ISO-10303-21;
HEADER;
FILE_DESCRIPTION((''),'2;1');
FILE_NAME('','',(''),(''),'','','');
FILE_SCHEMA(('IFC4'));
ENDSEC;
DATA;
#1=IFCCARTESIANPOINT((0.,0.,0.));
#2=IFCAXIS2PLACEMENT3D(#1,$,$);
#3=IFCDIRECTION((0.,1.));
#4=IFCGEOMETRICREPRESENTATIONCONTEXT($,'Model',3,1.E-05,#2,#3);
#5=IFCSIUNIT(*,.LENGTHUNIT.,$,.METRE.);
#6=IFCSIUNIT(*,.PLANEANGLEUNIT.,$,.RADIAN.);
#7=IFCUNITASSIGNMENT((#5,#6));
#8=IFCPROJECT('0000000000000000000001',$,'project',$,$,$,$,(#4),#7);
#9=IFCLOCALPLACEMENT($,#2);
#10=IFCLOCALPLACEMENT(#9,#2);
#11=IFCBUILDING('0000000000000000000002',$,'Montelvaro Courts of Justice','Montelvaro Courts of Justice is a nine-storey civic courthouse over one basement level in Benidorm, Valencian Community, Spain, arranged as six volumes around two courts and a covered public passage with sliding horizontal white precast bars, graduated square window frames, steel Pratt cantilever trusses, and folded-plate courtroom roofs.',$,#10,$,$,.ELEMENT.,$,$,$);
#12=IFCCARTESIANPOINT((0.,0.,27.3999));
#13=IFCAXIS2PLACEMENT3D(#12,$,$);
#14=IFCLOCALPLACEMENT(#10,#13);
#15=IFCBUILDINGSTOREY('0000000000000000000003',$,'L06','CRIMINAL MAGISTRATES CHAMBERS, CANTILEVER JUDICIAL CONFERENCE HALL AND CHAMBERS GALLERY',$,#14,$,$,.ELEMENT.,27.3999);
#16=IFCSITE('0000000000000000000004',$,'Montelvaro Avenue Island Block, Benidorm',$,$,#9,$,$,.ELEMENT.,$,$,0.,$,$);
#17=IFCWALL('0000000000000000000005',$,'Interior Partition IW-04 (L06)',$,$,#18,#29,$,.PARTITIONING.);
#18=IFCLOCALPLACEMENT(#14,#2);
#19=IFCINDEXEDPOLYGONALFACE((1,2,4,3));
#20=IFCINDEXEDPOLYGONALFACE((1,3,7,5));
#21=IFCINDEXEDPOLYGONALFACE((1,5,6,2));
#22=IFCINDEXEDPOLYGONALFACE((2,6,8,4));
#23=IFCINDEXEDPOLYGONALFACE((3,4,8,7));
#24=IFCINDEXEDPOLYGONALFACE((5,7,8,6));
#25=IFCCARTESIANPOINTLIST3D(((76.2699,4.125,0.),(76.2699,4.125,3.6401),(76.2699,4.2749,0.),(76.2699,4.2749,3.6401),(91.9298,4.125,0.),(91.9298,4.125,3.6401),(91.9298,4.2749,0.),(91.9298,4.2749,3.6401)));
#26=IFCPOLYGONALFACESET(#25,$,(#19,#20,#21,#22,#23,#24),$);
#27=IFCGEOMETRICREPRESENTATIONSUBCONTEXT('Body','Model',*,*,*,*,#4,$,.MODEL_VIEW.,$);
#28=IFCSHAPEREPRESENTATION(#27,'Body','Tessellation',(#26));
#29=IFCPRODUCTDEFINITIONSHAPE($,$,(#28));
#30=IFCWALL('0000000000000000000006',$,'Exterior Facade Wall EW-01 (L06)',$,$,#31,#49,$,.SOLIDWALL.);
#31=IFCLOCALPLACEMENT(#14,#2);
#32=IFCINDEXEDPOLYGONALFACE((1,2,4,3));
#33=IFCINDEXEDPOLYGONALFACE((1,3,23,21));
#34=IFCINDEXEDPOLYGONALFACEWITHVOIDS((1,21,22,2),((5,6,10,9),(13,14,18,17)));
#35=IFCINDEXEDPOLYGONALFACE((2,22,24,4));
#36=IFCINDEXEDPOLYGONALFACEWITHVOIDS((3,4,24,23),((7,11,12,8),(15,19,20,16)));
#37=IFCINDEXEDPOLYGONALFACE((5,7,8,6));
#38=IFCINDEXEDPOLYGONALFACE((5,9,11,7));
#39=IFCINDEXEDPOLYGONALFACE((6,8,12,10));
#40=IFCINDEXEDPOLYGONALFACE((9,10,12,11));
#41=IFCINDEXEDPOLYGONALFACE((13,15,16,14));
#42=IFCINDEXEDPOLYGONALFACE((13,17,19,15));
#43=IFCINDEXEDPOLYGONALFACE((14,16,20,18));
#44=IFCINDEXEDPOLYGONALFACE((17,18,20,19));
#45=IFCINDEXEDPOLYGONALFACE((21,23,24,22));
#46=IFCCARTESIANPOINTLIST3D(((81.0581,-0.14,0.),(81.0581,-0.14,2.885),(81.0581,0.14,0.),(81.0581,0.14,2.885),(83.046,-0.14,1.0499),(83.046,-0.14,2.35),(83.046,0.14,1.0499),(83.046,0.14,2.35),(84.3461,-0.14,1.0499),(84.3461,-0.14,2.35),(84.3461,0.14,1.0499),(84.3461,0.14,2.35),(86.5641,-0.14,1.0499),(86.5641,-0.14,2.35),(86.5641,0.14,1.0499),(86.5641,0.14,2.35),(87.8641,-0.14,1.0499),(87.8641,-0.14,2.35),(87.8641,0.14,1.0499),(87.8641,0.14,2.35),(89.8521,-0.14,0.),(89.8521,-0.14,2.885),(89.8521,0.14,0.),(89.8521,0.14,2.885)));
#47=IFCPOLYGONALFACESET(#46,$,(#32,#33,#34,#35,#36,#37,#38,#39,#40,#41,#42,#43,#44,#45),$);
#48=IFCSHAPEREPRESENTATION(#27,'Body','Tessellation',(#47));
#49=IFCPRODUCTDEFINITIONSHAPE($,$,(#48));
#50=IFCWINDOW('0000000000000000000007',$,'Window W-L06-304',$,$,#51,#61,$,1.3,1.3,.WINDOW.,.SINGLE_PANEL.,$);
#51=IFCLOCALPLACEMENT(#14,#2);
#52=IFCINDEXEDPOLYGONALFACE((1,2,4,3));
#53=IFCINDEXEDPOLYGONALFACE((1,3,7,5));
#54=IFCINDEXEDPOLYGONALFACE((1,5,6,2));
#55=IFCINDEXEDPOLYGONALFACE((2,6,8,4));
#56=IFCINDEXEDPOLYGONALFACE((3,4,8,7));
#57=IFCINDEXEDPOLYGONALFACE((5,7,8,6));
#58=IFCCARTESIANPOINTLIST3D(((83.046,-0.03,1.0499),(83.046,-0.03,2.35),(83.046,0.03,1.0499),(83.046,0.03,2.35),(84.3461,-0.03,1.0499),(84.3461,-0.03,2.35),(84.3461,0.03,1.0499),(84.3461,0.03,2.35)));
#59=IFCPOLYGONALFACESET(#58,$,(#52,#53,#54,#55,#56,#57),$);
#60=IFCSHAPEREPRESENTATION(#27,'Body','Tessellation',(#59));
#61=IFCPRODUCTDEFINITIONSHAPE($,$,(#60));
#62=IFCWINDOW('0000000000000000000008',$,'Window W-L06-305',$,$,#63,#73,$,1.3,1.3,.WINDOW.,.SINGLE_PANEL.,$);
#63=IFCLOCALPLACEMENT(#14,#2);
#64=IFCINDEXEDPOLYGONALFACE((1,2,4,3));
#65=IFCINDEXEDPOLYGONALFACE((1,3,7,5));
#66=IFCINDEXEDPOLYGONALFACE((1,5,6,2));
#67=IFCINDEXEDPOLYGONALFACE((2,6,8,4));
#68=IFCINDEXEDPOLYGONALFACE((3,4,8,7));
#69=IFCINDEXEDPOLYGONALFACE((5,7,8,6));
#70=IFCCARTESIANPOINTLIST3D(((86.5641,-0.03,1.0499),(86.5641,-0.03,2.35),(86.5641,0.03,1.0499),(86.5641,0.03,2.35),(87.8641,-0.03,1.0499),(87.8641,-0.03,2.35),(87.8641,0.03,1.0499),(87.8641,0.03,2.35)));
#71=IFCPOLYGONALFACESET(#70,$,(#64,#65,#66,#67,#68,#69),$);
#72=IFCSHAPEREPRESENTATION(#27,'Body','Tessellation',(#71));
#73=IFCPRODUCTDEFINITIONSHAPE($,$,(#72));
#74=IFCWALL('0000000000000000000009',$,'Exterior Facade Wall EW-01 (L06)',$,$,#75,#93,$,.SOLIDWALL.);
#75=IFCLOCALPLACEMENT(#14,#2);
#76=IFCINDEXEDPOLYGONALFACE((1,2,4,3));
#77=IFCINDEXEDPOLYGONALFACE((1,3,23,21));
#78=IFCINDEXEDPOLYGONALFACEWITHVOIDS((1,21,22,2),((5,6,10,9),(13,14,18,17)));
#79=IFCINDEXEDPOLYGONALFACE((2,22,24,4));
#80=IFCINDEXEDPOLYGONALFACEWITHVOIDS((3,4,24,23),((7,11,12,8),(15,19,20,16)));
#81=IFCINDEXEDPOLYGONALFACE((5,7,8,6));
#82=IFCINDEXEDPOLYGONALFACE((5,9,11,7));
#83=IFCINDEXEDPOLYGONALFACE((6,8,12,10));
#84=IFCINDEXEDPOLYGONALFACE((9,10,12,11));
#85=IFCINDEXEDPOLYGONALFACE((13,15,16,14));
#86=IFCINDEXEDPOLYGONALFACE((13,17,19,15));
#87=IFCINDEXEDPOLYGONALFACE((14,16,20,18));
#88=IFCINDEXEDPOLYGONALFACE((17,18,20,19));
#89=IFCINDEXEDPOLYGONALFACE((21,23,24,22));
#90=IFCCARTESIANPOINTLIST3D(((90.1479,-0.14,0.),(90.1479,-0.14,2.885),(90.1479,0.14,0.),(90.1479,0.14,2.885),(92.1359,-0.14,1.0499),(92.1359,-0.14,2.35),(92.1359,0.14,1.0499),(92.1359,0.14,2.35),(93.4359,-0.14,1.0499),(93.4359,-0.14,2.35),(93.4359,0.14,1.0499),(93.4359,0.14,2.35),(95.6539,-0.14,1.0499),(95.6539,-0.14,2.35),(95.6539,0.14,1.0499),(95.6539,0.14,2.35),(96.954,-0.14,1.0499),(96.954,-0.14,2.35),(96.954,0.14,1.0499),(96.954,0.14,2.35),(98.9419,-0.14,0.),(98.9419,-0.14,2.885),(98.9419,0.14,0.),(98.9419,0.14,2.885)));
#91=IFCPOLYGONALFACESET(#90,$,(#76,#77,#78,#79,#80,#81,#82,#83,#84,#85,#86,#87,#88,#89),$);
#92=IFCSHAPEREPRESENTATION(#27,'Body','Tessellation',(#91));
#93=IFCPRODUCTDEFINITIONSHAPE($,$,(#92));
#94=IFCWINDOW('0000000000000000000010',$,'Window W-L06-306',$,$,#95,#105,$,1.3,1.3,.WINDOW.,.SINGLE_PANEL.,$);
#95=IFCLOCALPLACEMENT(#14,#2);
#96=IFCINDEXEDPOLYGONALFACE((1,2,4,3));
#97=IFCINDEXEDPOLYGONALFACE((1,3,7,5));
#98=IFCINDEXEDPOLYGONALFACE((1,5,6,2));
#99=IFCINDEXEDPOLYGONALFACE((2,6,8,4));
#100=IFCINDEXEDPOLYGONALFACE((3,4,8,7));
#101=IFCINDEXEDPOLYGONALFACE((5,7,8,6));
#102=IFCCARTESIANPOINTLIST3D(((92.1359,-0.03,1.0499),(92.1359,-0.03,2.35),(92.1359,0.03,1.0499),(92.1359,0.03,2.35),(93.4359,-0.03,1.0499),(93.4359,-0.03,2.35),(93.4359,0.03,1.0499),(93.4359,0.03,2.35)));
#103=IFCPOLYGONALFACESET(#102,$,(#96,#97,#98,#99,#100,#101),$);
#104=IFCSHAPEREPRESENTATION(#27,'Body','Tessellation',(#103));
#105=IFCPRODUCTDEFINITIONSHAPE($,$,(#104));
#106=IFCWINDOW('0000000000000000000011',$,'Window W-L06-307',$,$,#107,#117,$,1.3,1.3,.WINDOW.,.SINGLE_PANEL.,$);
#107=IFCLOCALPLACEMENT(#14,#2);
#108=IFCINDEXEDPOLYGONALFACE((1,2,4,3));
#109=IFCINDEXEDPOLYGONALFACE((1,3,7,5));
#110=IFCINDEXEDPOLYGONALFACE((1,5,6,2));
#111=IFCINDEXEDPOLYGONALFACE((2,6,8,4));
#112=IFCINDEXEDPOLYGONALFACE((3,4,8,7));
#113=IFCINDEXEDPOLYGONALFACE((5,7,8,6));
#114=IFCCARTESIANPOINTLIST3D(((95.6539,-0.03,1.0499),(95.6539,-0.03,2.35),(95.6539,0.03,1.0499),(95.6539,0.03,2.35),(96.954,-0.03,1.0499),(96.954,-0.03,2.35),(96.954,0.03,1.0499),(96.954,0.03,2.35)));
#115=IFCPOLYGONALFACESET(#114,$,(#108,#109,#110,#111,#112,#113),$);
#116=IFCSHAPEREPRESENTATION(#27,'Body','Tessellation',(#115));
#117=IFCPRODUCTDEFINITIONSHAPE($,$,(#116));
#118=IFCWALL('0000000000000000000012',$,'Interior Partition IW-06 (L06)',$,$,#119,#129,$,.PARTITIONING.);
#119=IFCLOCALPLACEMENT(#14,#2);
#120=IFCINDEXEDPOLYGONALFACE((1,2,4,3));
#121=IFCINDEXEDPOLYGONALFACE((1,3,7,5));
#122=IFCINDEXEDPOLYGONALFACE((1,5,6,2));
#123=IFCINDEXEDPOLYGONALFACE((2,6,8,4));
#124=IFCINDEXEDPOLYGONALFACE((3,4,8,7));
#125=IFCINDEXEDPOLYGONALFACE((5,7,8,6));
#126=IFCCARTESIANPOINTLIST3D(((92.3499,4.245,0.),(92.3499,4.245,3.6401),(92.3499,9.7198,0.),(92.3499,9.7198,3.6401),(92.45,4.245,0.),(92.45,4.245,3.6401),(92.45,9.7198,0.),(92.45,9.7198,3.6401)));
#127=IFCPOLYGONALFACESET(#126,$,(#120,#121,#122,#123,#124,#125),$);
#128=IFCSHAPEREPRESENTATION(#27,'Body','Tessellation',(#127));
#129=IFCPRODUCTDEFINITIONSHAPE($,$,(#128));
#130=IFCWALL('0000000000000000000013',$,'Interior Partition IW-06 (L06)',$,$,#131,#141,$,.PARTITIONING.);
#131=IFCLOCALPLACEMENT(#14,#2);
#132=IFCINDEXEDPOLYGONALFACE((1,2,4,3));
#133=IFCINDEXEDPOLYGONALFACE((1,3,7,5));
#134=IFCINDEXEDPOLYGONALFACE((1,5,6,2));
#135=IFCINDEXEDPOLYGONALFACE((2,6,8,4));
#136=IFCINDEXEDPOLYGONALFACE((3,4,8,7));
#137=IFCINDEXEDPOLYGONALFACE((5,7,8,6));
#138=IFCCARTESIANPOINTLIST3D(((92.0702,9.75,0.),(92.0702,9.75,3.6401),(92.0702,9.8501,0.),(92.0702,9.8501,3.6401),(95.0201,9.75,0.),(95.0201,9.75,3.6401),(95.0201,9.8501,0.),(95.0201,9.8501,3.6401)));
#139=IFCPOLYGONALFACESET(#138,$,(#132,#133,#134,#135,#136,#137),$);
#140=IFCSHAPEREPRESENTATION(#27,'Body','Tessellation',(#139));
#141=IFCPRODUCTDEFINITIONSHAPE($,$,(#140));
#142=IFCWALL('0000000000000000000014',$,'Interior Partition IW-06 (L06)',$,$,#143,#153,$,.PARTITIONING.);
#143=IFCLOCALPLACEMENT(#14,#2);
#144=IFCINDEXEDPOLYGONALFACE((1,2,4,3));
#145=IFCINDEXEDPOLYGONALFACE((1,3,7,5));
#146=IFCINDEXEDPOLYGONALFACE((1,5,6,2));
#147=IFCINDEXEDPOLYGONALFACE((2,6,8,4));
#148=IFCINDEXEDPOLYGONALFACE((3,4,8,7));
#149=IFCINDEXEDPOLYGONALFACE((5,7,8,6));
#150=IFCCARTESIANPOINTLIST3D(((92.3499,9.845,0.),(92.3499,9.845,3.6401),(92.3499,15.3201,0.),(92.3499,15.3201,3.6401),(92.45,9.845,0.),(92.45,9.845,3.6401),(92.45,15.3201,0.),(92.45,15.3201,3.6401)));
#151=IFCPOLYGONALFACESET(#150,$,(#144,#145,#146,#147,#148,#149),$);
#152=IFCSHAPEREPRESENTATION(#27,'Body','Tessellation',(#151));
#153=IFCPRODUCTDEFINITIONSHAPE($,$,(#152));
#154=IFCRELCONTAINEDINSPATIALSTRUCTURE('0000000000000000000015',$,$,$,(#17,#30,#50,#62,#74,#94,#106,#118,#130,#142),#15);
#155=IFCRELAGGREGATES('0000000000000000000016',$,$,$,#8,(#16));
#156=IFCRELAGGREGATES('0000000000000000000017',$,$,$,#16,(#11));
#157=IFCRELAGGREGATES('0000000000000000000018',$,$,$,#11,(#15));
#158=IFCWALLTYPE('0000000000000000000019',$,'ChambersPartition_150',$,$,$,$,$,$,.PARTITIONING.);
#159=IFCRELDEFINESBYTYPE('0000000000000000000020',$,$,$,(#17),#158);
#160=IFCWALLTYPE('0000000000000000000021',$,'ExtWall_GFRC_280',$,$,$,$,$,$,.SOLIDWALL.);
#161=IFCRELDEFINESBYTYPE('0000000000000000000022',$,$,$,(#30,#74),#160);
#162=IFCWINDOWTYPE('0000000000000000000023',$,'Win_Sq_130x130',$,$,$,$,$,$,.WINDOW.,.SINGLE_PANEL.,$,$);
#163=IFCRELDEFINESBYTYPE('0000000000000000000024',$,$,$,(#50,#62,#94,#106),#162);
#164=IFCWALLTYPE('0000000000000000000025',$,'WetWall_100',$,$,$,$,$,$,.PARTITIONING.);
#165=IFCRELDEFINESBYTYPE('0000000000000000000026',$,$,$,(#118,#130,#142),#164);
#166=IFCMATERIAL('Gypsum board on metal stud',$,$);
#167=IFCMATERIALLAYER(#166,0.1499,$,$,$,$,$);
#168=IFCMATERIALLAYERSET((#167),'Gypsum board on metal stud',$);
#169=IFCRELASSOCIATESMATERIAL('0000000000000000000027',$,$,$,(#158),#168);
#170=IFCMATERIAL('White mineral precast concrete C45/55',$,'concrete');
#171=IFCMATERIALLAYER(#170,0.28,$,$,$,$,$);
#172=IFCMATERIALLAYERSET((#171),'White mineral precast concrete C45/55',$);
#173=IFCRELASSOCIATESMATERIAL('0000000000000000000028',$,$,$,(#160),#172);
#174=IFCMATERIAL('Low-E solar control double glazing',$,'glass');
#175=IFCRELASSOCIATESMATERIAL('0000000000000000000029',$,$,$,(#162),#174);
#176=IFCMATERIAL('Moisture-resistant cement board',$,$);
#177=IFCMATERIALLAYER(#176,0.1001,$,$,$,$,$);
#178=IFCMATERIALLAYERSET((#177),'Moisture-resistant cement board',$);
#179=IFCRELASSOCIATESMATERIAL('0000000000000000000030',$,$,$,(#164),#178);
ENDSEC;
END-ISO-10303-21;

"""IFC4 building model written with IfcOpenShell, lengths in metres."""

from ifc_helpers import new_model, si_unit, direction, frame, frame_2d, origin, place, context, subcontext, project, spatial, rectangle, extrude, material, layer, layer_set, type_object, element, fill, save


model = new_model("IFC4")

# Units and contexts
model_context = context("Model", 3, precision=1e-05, world=origin(), true_north=direction((0.0, 1.0)))
body_context = subcontext(model_context, "Body", "Model", "MODEL_VIEW")
ifc_project = project(units=[si_unit("LENGTHUNIT", "METRE"), si_unit("PLANEANGLEUNIT", "RADIAN")], contexts=[model_context])

# Site, building, storey
site_placement = place(None, origin())
site = spatial("IfcSite", under=ifc_project, at=site_placement, Name="Montelvaro Avenue Island Block, Benidorm", CompositionType="ELEMENT", RefElevation=0.0)
building_placement = place(site_placement, origin())
building = spatial("IfcBuilding", under=site, at=building_placement, Name="Montelvaro Courts of Justice", Description="Montelvaro Courts of Justice is a nine-storey civic courthouse over one basement level in Benidorm, Valencian Community, Spain, arranged as six volumes around two courts and a covered public passage with sliding horizontal white precast bars, graduated square window frames, steel Pratt cantilever trusses, and folded-plate courtroom roofs.", CompositionType="ELEMENT")
storey_placement = place(building_placement, frame((0.0, 0.0, 27.3999)))
storey = spatial("IfcBuildingStorey", under=building, at=storey_placement, Name="L06", Description="CRIMINAL MAGISTRATES CHAMBERS, CANTILEVER JUDICIAL CONFERENCE HALL AND CHAMBERS GALLERY", CompositionType="ELEMENT", Elevation=27.3999)

# Shared definitions
ifc_material_1 = material(Name="White mineral precast concrete C45/55", Category="concrete")

# Wall
ifc_material_2 = material(Name="Gypsum board on metal stud")
ifc_layer_1 = layer(ifc_material_2, 0.1499)
ifc_layer_set_1 = layer_set([ifc_layer_1], Name="Gypsum board on metal stud")
wall_type_1 = type_object("IfcWallType", Name="ChambersPartition_150", PredefinedType="PARTITIONING", material=ifc_layer_set_1)
wall_1_placement = place(storey_placement, frame((91.9299, 4.2, 0.0), z_axis=(0.0, 0.0, 1.0), x_axis=(-1.0, 0.0, 0.0)))
element("IfcWall", 1, at=wall_1_placement, inside=storey, type_object=wall_type_1, Name="Interior Partition IW-04 (L06)", PredefinedType="PARTITIONING", context=body_context, shape_type="SweptSolid", body=[
    extrude(rectangle(XDim=15.6599, YDim=0.1499, at=frame_2d((7.8301, 0.0))), origin(), (0.0, 0.0, 1.0), 3.6401),
])

# Walls, openings, windows
ifc_layer_2 = layer(ifc_material_1, 0.28)
ifc_layer_set_2 = layer_set([ifc_layer_2], Name="White mineral precast concrete C45/55")
wall_type_2 = type_object("IfcWallType", Name="ExtWall_GFRC_280", PredefinedType="SOLIDWALL", material=ifc_layer_set_2)
wall_2_placement = place(storey_placement, frame((81.0581, 0.0, 0.0), z_axis=(0.0, 0.0, 1.0), x_axis=(1.0, 0.0, 0.0)))
wall_2 = element("IfcWall", 2, at=wall_2_placement, inside=storey, type_object=wall_type_2, Name="Exterior Facade Wall EW-01 (L06)", PredefinedType="SOLIDWALL", context=body_context, shape_type="SweptSolid", body=[
    extrude(rectangle(XDim=8.7939, YDim=0.28, at=frame_2d((4.397, 0.0))), origin(), (0.0, 0.0, 1.0), 2.885),
])
opening_1_placement = place(wall_2_placement, frame((1.988, 0.0, 1.05)))
opening_1 = element("IfcOpeningElement", 3, at=opening_1_placement, cuts=wall_2, PredefinedType="OPENING", context=body_context, shape_type="SweptSolid", body=[
    extrude(rectangle(XDim=1.3, YDim=1.3, at=frame_2d((0.6499, 0.6499))), frame((0.0, 0.1548, 0.0), z_axis=(0.0, -1.0, 0.0), x_axis=(1.0, 0.0, 0.0)), (0.0, 0.0, 1.0), 0.3098),
])
opening_2_placement = place(wall_2_placement, frame((5.5061, 0.0, 1.05)))
opening_2 = element("IfcOpeningElement", 4, at=opening_2_placement, cuts=wall_2, PredefinedType="OPENING", context=body_context, shape_type="SweptSolid", body=[
    extrude(rectangle(XDim=1.3, YDim=1.3, at=frame_2d((0.6499, 0.6499))), frame((0.0, 0.1548, 0.0), z_axis=(0.0, -1.0, 0.0), x_axis=(1.0, 0.0, 0.0)), (0.0, 0.0, 1.0), 0.3098),
])
ifc_material_3 = material(Name="Low-E solar control double glazing", Category="glass")
window_type = type_object("IfcWindowType", Name="Win_Sq_130x130", PartitioningType="SINGLE_PANEL", PredefinedType="WINDOW", material=ifc_material_3)
window_1_placement = place(opening_1_placement, origin())
window_1 = element("IfcWindow", 5, at=window_1_placement, inside=storey, type_object=window_type, Name="Window W-L06-304", OverallHeight=1.3, OverallWidth=1.3, PartitioningType="SINGLE_PANEL", PredefinedType="WINDOW", context=body_context, shape_type="SweptSolid", body=[
    extrude(rectangle(XDim=1.3, YDim=1.3, at=frame_2d((0.6499, 0.6499))), frame((0.0, 0.03, 0.0), z_axis=(0.0, -1.0, 0.0), x_axis=(1.0, 0.0, 0.0)), (0.0, 0.0, 1.0), 0.0601),
])
fill(opening_1, window_1)
window_2_placement = place(opening_2_placement, origin())
window_2 = element("IfcWindow", 6, at=window_2_placement, inside=storey, type_object=window_type, Name="Window W-L06-305", OverallHeight=1.3, OverallWidth=1.3, PartitioningType="SINGLE_PANEL", PredefinedType="WINDOW", context=body_context, shape_type="SweptSolid", body=[
    extrude(rectangle(XDim=1.3, YDim=1.3, at=frame_2d((0.6499, 0.6499))), frame((0.0, 0.03, 0.0), z_axis=(0.0, -1.0, 0.0), x_axis=(1.0, 0.0, 0.0)), (0.0, 0.0, 1.0), 0.0601),
])
fill(opening_2, window_2)
wall_3_placement = place(storey_placement, frame((90.1479, 0.0, 0.0), z_axis=(0.0, 0.0, 1.0), x_axis=(1.0, 0.0, 0.0)))
wall_3 = element("IfcWall", 7, at=wall_3_placement, inside=storey, type_object=wall_type_2, Name="Exterior Facade Wall EW-01 (L06)", PredefinedType="SOLIDWALL", context=body_context, shape_type="SweptSolid", body=[
    extrude(rectangle(XDim=8.7939, YDim=0.28, at=frame_2d((4.397, 0.0))), origin(), (0.0, 0.0, 1.0), 2.885),
])
opening_3_placement = place(wall_3_placement, frame((1.988, 0.0, 1.05)))
opening_3 = element("IfcOpeningElement", 8, at=opening_3_placement, cuts=wall_3, PredefinedType="OPENING", context=body_context, shape_type="SweptSolid", body=[
    extrude(rectangle(XDim=1.3, YDim=1.3, at=frame_2d((0.6499, 0.6499))), frame((0.0, 0.1548, 0.0), z_axis=(0.0, -1.0, 0.0), x_axis=(1.0, 0.0, 0.0)), (0.0, 0.0, 1.0), 0.3098),
])
opening_4_placement = place(wall_3_placement, frame((5.5061, 0.0, 1.05)))
opening_4 = element("IfcOpeningElement", 9, at=opening_4_placement, cuts=wall_3, PredefinedType="OPENING", context=body_context, shape_type="SweptSolid", body=[
    extrude(rectangle(XDim=1.3, YDim=1.3, at=frame_2d((0.6499, 0.6499))), frame((0.0, 0.1548, 0.0), z_axis=(0.0, -1.0, 0.0), x_axis=(1.0, 0.0, 0.0)), (0.0, 0.0, 1.0), 0.3098),
])
window_3_placement = place(opening_3_placement, origin())
window_3 = element("IfcWindow", 10, at=window_3_placement, inside=storey, type_object=window_type, Name="Window W-L06-306", OverallHeight=1.3, OverallWidth=1.3, PartitioningType="SINGLE_PANEL", PredefinedType="WINDOW", context=body_context, shape_type="SweptSolid", body=[
    extrude(rectangle(XDim=1.3, YDim=1.3, at=frame_2d((0.6499, 0.6499))), frame((0.0, 0.03, 0.0), z_axis=(0.0, -1.0, 0.0), x_axis=(1.0, 0.0, 0.0)), (0.0, 0.0, 1.0), 0.0601),
])
fill(opening_3, window_3)
window_4_placement = place(opening_4_placement, origin())
window_4 = element("IfcWindow", 11, at=window_4_placement, inside=storey, type_object=window_type, Name="Window W-L06-307", OverallHeight=1.3, OverallWidth=1.3, PartitioningType="SINGLE_PANEL", PredefinedType="WINDOW", context=body_context, shape_type="SweptSolid", body=[
    extrude(rectangle(XDim=1.3, YDim=1.3, at=frame_2d((0.6499, 0.6499))), frame((0.0, 0.03, 0.0), z_axis=(0.0, -1.0, 0.0), x_axis=(1.0, 0.0, 0.0)), (0.0, 0.0, 1.0), 0.0601),
])
fill(opening_4, window_4)

# Walls
ifc_material_4 = material(Name="Moisture-resistant cement board")
ifc_layer_3 = layer(ifc_material_4, 0.1001)
ifc_layer_set_3 = layer_set([ifc_layer_3], Name="Moisture-resistant cement board")
wall_type_3 = type_object("IfcWallType", Name="WetWall_100", PredefinedType="PARTITIONING", material=ifc_layer_set_3)
wall_4_placement = place(storey_placement, frame((92.3999, 4.2451, 0.0), z_axis=(0.0, 0.0, 1.0), x_axis=(0.0, 1.0, 0.0)))
element("IfcWall", 12, at=wall_4_placement, inside=storey, type_object=wall_type_3, Name="Interior Partition IW-06 (L06)", PredefinedType="PARTITIONING", context=body_context, shape_type="SweptSolid", body=[
    extrude(rectangle(XDim=5.4749, YDim=0.1001, at=frame_2d((2.7373, 0.0))), origin(), (0.0, 0.0, 1.0), 3.6401),
])
wall_5_placement = place(storey_placement, frame((92.0701, 9.8, 0.0), z_axis=(0.0, 0.0, 1.0), x_axis=(1.0, 0.0, 0.0)))
element("IfcWall", 13, at=wall_5_placement, inside=storey, type_object=wall_type_3, Name="Interior Partition IW-06 (L06)", PredefinedType="PARTITIONING", context=body_context, shape_type="SweptSolid", body=[
    extrude(rectangle(XDim=2.95, YDim=0.1001, at=frame_2d((1.4751, 0.0))), origin(), (0.0, 0.0, 1.0), 3.6401),
])
wall_6_placement = place(storey_placement, frame((92.3999, 9.845, 0.0), z_axis=(0.0, 0.0, 1.0), x_axis=(0.0, 1.0, 0.0)))
element("IfcWall", 14, at=wall_6_placement, inside=storey, type_object=wall_type_3, Name="Interior Partition IW-06 (L06)", PredefinedType="PARTITIONING", context=body_context, shape_type="SweptSolid", body=[
    extrude(rectangle(XDim=5.4751, YDim=0.1001, at=frame_2d((2.7375, 0.0))), origin(), (0.0, 0.0, 1.0), 3.6401),
])

save(model, "model.ifc")
